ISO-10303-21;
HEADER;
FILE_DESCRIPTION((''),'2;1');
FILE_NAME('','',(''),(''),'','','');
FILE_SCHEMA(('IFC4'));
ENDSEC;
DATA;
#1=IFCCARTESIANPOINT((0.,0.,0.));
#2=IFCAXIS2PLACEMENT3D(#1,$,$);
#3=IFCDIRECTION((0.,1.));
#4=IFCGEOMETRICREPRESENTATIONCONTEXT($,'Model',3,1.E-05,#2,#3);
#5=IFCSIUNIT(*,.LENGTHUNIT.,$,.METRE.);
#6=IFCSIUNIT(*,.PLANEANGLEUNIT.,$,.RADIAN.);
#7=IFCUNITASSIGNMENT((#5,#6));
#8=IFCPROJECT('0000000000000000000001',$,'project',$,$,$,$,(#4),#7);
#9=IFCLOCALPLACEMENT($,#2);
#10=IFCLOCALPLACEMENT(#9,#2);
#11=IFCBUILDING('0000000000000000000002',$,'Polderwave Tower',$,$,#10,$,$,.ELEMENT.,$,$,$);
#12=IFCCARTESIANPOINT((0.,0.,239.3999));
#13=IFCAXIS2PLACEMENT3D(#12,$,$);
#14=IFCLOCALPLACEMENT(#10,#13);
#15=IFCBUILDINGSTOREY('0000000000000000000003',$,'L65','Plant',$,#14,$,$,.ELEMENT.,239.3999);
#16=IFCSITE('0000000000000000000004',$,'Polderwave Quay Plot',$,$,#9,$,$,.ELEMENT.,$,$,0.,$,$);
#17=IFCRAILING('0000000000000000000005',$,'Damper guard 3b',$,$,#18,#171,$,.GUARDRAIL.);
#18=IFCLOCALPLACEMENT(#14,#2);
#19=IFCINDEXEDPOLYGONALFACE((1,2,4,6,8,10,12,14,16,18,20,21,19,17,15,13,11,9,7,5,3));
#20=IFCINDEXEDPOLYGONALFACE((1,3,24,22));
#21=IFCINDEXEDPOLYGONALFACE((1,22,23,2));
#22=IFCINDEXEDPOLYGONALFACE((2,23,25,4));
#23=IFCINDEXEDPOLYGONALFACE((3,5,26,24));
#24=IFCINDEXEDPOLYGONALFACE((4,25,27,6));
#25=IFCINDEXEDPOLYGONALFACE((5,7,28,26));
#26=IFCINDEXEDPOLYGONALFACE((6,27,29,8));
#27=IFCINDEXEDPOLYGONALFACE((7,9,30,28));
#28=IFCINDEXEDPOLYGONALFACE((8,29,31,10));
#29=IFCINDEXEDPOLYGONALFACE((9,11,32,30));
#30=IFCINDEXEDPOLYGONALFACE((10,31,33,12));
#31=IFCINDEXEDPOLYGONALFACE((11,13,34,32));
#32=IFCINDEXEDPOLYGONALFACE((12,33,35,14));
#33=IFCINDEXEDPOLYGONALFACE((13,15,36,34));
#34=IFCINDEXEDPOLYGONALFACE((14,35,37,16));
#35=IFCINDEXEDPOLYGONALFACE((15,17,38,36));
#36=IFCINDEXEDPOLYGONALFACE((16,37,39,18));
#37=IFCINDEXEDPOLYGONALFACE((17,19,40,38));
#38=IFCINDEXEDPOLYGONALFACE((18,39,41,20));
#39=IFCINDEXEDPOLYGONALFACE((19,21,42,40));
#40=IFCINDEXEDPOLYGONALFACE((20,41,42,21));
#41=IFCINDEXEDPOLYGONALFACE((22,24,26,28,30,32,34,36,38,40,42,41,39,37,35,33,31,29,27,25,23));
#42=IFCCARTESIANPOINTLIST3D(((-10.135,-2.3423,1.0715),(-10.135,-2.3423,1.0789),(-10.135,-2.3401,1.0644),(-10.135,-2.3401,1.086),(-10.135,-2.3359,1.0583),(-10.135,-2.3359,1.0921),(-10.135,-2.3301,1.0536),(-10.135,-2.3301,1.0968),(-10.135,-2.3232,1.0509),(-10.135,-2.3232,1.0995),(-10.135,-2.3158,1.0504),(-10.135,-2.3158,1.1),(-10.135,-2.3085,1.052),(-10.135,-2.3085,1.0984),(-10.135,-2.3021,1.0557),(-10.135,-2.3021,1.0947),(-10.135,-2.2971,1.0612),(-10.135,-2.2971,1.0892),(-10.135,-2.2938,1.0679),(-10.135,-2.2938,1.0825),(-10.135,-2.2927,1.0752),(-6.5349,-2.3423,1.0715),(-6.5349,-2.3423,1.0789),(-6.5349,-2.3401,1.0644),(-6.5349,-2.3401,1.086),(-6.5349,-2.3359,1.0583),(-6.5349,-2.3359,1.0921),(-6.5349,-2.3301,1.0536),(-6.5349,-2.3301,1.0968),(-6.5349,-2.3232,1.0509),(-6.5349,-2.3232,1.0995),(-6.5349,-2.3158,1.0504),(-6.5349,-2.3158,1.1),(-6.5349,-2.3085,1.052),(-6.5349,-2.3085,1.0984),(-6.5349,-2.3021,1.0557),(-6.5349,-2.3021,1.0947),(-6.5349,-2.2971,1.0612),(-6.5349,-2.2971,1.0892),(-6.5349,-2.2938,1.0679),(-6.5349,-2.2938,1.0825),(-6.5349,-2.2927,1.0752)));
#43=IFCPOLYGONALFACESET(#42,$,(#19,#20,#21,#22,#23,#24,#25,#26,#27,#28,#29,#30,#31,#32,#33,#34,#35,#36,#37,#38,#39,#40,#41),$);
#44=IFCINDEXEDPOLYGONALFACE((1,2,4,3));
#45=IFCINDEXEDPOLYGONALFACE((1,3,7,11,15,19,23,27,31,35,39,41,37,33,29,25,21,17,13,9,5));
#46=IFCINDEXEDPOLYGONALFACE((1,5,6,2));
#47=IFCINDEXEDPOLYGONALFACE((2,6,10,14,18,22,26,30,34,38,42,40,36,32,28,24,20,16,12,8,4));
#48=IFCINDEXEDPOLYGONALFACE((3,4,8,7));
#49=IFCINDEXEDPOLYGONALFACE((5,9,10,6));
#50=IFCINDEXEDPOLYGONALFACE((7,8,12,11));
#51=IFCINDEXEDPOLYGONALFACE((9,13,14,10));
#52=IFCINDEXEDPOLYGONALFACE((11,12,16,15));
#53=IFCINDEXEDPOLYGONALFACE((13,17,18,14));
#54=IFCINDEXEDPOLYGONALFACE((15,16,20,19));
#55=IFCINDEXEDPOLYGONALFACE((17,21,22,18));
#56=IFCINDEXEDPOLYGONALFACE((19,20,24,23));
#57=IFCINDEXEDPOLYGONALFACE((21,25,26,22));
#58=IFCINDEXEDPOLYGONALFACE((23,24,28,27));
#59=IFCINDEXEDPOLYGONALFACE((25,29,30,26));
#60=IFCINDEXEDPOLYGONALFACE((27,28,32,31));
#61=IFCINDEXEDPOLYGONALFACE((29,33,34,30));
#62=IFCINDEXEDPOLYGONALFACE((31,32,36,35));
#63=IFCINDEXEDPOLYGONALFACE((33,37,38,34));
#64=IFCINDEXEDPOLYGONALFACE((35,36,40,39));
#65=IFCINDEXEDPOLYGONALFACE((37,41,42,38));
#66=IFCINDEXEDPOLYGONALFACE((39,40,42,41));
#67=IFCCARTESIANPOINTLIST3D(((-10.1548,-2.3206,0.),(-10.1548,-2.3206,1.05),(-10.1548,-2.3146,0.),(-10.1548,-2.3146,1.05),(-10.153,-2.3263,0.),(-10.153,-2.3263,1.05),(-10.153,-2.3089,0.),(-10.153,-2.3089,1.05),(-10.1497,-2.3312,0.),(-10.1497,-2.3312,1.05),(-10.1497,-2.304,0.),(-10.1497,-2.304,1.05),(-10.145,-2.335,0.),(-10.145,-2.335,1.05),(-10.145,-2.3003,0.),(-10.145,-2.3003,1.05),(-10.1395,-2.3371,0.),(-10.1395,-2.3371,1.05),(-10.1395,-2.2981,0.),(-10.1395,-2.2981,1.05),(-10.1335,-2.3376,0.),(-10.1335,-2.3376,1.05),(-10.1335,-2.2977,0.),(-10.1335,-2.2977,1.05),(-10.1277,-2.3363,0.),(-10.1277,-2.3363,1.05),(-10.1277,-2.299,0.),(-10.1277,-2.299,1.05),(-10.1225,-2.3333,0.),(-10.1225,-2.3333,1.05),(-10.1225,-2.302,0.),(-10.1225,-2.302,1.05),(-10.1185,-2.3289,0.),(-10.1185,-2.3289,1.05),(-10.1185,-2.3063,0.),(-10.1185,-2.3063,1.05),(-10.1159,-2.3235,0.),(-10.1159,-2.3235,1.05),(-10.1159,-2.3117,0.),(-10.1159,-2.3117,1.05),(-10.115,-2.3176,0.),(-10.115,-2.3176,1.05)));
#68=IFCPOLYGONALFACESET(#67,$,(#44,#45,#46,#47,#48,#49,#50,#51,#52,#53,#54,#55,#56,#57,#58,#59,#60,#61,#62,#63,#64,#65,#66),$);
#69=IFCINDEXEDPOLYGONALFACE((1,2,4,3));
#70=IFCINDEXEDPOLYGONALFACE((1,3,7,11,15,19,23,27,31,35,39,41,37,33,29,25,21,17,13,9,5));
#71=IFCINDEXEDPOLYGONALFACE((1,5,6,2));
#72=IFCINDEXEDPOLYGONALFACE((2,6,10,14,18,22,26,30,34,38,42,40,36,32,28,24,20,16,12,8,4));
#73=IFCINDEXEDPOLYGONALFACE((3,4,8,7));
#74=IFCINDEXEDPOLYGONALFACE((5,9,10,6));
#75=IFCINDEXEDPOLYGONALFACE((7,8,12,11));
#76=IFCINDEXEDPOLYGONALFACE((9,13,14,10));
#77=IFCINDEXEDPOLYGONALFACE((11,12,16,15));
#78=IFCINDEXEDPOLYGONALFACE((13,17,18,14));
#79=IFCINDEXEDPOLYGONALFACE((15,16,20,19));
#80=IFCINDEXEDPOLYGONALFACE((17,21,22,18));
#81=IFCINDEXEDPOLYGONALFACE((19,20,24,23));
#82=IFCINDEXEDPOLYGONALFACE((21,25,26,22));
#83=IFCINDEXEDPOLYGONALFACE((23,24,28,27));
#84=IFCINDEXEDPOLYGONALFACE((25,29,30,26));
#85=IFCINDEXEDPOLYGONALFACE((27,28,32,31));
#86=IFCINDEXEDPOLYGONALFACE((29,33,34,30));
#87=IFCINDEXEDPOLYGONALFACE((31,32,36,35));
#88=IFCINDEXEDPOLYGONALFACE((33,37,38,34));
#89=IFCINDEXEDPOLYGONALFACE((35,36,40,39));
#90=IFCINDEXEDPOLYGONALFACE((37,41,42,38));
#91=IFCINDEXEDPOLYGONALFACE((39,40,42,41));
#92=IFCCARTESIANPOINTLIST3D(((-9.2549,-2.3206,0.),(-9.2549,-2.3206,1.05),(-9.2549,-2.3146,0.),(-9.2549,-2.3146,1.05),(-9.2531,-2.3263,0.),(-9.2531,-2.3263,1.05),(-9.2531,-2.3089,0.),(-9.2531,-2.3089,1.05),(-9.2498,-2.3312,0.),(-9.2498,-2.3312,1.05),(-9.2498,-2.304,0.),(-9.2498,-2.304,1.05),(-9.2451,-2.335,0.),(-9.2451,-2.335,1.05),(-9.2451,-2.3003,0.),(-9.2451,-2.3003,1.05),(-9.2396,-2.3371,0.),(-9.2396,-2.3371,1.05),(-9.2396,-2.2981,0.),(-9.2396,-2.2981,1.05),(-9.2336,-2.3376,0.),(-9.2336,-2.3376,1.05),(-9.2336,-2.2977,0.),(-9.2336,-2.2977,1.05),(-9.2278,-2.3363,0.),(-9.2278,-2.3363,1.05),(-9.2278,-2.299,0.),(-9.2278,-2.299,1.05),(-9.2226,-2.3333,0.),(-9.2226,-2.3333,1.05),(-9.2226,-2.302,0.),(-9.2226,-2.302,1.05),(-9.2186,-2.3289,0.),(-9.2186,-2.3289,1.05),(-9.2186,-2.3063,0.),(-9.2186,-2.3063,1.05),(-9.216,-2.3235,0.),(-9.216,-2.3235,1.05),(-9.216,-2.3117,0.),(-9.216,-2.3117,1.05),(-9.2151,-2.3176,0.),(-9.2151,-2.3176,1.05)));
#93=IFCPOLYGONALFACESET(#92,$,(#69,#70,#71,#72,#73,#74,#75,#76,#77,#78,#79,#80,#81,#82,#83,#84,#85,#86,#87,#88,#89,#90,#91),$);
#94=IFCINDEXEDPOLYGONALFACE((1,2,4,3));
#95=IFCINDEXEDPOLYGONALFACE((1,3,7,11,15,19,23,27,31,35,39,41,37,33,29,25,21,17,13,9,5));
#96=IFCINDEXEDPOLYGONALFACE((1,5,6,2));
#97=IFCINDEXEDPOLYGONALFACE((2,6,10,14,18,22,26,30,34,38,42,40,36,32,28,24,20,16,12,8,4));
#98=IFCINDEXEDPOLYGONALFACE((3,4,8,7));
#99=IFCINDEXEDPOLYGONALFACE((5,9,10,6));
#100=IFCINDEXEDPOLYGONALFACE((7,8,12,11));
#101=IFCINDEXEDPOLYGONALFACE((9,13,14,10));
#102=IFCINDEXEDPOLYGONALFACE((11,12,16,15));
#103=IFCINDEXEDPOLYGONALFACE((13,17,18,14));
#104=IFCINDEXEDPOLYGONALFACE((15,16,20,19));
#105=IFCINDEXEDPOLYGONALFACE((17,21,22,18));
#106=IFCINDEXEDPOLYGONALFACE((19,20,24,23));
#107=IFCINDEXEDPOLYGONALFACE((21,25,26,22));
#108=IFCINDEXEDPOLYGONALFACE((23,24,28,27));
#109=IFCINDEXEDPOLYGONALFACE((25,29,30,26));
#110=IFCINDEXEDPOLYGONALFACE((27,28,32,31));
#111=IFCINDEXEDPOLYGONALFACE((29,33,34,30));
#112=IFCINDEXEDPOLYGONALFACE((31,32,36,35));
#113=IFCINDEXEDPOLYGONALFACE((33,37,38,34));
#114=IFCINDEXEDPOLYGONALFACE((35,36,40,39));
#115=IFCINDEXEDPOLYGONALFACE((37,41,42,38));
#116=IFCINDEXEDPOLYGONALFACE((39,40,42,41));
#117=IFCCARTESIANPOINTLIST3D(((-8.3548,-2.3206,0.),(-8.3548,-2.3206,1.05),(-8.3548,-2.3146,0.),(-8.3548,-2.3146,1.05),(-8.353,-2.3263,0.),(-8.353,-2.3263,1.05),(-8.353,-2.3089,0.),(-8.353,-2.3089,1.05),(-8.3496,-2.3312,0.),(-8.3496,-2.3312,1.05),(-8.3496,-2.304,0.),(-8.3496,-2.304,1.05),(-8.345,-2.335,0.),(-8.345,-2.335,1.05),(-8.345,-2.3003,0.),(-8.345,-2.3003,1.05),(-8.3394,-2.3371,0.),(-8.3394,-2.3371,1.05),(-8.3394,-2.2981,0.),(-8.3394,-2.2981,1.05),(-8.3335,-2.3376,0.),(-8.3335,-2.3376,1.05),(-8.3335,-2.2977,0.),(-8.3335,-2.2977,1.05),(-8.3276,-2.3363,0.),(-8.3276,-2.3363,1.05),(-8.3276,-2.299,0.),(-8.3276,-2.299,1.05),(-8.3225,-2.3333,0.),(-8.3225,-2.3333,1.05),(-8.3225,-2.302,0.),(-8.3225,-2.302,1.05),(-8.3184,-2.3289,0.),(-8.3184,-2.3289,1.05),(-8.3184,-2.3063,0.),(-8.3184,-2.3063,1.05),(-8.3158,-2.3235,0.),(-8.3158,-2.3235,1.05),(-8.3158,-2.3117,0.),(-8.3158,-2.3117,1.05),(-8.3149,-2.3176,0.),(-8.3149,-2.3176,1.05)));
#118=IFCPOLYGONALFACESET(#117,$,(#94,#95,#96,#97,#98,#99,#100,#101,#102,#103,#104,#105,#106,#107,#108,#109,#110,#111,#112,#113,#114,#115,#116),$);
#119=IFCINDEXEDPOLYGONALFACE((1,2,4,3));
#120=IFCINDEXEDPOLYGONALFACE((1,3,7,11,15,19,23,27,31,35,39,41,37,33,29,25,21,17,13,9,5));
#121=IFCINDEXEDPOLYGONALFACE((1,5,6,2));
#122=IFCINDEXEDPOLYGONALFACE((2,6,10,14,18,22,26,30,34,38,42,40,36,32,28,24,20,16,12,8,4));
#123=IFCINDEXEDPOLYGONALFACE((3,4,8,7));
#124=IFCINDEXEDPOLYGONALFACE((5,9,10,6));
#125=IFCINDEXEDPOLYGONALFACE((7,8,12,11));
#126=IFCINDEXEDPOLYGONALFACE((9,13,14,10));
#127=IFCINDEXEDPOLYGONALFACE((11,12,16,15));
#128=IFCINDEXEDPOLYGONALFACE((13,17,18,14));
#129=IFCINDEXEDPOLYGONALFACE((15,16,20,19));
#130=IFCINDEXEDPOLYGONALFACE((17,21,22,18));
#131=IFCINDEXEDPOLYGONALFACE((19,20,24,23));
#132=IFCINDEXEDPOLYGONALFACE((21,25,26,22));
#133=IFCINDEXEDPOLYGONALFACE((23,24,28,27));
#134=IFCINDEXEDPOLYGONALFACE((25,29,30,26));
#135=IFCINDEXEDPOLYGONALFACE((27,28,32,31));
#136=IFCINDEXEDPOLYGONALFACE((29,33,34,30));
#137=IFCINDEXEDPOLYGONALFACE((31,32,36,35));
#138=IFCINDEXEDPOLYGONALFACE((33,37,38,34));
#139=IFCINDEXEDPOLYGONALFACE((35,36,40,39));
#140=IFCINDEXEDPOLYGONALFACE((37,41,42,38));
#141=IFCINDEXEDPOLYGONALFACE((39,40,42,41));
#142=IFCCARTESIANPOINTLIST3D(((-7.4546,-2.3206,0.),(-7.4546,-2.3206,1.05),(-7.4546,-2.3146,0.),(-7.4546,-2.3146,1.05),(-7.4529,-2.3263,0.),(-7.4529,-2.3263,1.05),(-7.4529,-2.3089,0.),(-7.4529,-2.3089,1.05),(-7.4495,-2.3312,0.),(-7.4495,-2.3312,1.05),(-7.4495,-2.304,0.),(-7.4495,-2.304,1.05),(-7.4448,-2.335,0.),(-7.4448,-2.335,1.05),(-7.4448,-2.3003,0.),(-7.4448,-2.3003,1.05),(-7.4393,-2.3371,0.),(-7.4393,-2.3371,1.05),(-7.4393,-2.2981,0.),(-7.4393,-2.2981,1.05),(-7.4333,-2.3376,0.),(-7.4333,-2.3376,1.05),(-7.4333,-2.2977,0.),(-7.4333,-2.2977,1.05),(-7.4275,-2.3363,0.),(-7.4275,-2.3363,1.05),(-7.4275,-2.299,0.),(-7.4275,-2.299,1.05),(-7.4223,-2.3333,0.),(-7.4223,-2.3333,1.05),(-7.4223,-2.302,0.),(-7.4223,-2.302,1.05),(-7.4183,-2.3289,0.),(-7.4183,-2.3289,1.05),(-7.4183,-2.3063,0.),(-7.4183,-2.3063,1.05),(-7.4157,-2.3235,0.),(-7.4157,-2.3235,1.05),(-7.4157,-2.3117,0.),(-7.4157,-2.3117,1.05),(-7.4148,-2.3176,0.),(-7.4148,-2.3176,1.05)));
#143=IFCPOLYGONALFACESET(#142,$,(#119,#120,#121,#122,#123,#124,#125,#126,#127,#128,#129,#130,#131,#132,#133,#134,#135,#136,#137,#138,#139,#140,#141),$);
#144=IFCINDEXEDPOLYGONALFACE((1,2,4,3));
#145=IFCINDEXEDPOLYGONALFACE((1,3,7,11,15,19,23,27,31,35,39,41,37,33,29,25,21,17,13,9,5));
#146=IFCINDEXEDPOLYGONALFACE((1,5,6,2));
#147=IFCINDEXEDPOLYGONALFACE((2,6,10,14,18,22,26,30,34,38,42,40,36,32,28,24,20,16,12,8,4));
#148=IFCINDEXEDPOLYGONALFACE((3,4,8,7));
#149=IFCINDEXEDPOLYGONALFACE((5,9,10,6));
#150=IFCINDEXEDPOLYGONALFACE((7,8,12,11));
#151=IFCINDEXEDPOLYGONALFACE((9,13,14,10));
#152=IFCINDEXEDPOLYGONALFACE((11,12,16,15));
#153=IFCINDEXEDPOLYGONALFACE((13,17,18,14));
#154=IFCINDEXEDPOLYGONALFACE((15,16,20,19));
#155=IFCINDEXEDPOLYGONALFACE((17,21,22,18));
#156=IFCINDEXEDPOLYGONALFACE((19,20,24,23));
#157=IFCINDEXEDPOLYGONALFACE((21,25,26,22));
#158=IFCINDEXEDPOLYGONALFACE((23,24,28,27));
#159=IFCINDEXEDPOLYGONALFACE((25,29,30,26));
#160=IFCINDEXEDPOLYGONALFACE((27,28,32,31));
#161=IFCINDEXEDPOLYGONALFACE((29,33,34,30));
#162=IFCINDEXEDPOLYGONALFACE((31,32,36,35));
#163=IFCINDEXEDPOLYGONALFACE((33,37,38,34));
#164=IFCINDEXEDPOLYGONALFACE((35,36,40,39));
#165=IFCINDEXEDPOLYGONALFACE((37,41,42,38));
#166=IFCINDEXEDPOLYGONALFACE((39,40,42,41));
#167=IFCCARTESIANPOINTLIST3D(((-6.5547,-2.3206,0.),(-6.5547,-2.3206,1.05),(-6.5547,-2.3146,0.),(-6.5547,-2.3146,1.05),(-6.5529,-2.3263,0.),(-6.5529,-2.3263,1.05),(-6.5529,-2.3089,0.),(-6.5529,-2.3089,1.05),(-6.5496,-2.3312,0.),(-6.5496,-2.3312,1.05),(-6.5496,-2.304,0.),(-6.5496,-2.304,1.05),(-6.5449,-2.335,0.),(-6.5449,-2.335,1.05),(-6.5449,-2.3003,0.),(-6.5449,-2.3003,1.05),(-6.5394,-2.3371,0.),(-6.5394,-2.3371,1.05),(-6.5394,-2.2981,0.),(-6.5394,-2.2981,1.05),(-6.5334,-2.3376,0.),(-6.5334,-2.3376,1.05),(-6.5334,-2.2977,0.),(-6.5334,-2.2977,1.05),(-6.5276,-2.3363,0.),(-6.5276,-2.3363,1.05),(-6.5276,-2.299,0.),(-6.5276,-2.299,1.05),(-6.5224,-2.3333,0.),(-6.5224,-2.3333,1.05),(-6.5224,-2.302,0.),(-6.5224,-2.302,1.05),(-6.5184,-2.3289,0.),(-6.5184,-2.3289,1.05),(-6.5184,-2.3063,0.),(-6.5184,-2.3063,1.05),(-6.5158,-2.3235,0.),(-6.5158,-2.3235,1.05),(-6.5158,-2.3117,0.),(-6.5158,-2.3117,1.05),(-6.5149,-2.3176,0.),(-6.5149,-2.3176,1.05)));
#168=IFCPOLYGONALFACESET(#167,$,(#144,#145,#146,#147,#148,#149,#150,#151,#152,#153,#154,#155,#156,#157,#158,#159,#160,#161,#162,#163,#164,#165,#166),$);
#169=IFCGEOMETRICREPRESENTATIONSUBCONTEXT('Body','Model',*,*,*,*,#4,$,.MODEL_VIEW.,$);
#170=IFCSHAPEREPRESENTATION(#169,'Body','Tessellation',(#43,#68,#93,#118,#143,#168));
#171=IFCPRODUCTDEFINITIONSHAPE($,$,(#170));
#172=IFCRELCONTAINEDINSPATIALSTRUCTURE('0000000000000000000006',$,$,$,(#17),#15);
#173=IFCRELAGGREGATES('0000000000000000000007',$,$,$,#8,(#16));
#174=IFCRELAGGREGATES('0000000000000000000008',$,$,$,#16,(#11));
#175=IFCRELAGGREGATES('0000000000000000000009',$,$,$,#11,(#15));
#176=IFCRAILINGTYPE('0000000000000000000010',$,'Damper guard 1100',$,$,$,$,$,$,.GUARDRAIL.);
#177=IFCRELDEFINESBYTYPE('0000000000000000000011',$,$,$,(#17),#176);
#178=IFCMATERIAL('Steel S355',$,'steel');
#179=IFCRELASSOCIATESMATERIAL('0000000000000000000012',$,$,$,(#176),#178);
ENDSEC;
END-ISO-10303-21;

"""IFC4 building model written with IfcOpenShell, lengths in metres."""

from ifc_helpers import new_model, si_unit, direction, frame, origin, origin_2d, place, context, subcontext, project, spatial, circle, extrude, material, type_object, element, save


model = new_model("IFC4")

# Units and contexts
model_context = context("Model", 3, precision=1e-05, world=origin(), true_north=direction((0.0, 1.0)))
body_context = subcontext(model_context, "Body", "Model", "MODEL_VIEW")
ifc_project = project(units=[si_unit("LENGTHUNIT", "METRE"), si_unit("PLANEANGLEUNIT", "RADIAN")], contexts=[model_context])

# Site, building, storey
site_placement = place(None, origin())
site = spatial("IfcSite", under=ifc_project, at=site_placement, Name="Polderwave Quay Plot", CompositionType="ELEMENT", RefElevation=0.0)
building_placement = place(site_placement, origin())
building = spatial("IfcBuilding", under=site, at=building_placement, Name="Polderwave Tower", CompositionType="ELEMENT")
storey_placement = place(building_placement, frame((0.0, 0.0, 239.3999)))
storey = spatial("IfcBuildingStorey", under=building, at=storey_placement, Name="L65", Description="Plant", CompositionType="ELEMENT", Elevation=239.3999)

# Railing
ifc_material_1 = material(Name="Steel S355", Category="steel")
railing_type = type_object("IfcRailingType", Name="Damper guard 1100", PredefinedType="GUARDRAIL", material=ifc_material_1)
railing_placement = place(storey_placement, frame((-10.135, -2.3176, 0.0)))
element("IfcRailing", 1, at=railing_placement, inside=storey, type_object=railing_type, Name="Damper guard 3b", PredefinedType="GUARDRAIL", context=body_context, shape_type="SweptSolid", body=[
    extrude(circle(Radius=0.0249, at=origin_2d()), frame((0.0, 0.0, 1.0752), z_axis=(1.0, 0.0, 0.0), x_axis=(0.0, 1.0, 0.0)), (0.0, 0.0, 1.0), 3.6001),
    extrude(circle(Radius=0.02, at=origin_2d()), origin(), (0.0, 0.0, 1.0), 1.05),
    extrude(circle(Radius=0.02, at=origin_2d()), frame((0.8999, 0.0, 0.0)), (0.0, 0.0, 1.0), 1.05),
    extrude(circle(Radius=0.02, at=origin_2d()), frame((1.8, 0.0, 0.0)), (0.0, 0.0, 1.0), 1.05),
    extrude(circle(Radius=0.02, at=origin_2d()), frame((2.7002, 0.0, 0.0)), (0.0, 0.0, 1.0), 1.05),
    extrude(circle(Radius=0.02, at=origin_2d()), frame((3.6001, 0.0, 0.0)), (0.0, 0.0, 1.0), 1.05),
])

save(model, "model.ifc")
